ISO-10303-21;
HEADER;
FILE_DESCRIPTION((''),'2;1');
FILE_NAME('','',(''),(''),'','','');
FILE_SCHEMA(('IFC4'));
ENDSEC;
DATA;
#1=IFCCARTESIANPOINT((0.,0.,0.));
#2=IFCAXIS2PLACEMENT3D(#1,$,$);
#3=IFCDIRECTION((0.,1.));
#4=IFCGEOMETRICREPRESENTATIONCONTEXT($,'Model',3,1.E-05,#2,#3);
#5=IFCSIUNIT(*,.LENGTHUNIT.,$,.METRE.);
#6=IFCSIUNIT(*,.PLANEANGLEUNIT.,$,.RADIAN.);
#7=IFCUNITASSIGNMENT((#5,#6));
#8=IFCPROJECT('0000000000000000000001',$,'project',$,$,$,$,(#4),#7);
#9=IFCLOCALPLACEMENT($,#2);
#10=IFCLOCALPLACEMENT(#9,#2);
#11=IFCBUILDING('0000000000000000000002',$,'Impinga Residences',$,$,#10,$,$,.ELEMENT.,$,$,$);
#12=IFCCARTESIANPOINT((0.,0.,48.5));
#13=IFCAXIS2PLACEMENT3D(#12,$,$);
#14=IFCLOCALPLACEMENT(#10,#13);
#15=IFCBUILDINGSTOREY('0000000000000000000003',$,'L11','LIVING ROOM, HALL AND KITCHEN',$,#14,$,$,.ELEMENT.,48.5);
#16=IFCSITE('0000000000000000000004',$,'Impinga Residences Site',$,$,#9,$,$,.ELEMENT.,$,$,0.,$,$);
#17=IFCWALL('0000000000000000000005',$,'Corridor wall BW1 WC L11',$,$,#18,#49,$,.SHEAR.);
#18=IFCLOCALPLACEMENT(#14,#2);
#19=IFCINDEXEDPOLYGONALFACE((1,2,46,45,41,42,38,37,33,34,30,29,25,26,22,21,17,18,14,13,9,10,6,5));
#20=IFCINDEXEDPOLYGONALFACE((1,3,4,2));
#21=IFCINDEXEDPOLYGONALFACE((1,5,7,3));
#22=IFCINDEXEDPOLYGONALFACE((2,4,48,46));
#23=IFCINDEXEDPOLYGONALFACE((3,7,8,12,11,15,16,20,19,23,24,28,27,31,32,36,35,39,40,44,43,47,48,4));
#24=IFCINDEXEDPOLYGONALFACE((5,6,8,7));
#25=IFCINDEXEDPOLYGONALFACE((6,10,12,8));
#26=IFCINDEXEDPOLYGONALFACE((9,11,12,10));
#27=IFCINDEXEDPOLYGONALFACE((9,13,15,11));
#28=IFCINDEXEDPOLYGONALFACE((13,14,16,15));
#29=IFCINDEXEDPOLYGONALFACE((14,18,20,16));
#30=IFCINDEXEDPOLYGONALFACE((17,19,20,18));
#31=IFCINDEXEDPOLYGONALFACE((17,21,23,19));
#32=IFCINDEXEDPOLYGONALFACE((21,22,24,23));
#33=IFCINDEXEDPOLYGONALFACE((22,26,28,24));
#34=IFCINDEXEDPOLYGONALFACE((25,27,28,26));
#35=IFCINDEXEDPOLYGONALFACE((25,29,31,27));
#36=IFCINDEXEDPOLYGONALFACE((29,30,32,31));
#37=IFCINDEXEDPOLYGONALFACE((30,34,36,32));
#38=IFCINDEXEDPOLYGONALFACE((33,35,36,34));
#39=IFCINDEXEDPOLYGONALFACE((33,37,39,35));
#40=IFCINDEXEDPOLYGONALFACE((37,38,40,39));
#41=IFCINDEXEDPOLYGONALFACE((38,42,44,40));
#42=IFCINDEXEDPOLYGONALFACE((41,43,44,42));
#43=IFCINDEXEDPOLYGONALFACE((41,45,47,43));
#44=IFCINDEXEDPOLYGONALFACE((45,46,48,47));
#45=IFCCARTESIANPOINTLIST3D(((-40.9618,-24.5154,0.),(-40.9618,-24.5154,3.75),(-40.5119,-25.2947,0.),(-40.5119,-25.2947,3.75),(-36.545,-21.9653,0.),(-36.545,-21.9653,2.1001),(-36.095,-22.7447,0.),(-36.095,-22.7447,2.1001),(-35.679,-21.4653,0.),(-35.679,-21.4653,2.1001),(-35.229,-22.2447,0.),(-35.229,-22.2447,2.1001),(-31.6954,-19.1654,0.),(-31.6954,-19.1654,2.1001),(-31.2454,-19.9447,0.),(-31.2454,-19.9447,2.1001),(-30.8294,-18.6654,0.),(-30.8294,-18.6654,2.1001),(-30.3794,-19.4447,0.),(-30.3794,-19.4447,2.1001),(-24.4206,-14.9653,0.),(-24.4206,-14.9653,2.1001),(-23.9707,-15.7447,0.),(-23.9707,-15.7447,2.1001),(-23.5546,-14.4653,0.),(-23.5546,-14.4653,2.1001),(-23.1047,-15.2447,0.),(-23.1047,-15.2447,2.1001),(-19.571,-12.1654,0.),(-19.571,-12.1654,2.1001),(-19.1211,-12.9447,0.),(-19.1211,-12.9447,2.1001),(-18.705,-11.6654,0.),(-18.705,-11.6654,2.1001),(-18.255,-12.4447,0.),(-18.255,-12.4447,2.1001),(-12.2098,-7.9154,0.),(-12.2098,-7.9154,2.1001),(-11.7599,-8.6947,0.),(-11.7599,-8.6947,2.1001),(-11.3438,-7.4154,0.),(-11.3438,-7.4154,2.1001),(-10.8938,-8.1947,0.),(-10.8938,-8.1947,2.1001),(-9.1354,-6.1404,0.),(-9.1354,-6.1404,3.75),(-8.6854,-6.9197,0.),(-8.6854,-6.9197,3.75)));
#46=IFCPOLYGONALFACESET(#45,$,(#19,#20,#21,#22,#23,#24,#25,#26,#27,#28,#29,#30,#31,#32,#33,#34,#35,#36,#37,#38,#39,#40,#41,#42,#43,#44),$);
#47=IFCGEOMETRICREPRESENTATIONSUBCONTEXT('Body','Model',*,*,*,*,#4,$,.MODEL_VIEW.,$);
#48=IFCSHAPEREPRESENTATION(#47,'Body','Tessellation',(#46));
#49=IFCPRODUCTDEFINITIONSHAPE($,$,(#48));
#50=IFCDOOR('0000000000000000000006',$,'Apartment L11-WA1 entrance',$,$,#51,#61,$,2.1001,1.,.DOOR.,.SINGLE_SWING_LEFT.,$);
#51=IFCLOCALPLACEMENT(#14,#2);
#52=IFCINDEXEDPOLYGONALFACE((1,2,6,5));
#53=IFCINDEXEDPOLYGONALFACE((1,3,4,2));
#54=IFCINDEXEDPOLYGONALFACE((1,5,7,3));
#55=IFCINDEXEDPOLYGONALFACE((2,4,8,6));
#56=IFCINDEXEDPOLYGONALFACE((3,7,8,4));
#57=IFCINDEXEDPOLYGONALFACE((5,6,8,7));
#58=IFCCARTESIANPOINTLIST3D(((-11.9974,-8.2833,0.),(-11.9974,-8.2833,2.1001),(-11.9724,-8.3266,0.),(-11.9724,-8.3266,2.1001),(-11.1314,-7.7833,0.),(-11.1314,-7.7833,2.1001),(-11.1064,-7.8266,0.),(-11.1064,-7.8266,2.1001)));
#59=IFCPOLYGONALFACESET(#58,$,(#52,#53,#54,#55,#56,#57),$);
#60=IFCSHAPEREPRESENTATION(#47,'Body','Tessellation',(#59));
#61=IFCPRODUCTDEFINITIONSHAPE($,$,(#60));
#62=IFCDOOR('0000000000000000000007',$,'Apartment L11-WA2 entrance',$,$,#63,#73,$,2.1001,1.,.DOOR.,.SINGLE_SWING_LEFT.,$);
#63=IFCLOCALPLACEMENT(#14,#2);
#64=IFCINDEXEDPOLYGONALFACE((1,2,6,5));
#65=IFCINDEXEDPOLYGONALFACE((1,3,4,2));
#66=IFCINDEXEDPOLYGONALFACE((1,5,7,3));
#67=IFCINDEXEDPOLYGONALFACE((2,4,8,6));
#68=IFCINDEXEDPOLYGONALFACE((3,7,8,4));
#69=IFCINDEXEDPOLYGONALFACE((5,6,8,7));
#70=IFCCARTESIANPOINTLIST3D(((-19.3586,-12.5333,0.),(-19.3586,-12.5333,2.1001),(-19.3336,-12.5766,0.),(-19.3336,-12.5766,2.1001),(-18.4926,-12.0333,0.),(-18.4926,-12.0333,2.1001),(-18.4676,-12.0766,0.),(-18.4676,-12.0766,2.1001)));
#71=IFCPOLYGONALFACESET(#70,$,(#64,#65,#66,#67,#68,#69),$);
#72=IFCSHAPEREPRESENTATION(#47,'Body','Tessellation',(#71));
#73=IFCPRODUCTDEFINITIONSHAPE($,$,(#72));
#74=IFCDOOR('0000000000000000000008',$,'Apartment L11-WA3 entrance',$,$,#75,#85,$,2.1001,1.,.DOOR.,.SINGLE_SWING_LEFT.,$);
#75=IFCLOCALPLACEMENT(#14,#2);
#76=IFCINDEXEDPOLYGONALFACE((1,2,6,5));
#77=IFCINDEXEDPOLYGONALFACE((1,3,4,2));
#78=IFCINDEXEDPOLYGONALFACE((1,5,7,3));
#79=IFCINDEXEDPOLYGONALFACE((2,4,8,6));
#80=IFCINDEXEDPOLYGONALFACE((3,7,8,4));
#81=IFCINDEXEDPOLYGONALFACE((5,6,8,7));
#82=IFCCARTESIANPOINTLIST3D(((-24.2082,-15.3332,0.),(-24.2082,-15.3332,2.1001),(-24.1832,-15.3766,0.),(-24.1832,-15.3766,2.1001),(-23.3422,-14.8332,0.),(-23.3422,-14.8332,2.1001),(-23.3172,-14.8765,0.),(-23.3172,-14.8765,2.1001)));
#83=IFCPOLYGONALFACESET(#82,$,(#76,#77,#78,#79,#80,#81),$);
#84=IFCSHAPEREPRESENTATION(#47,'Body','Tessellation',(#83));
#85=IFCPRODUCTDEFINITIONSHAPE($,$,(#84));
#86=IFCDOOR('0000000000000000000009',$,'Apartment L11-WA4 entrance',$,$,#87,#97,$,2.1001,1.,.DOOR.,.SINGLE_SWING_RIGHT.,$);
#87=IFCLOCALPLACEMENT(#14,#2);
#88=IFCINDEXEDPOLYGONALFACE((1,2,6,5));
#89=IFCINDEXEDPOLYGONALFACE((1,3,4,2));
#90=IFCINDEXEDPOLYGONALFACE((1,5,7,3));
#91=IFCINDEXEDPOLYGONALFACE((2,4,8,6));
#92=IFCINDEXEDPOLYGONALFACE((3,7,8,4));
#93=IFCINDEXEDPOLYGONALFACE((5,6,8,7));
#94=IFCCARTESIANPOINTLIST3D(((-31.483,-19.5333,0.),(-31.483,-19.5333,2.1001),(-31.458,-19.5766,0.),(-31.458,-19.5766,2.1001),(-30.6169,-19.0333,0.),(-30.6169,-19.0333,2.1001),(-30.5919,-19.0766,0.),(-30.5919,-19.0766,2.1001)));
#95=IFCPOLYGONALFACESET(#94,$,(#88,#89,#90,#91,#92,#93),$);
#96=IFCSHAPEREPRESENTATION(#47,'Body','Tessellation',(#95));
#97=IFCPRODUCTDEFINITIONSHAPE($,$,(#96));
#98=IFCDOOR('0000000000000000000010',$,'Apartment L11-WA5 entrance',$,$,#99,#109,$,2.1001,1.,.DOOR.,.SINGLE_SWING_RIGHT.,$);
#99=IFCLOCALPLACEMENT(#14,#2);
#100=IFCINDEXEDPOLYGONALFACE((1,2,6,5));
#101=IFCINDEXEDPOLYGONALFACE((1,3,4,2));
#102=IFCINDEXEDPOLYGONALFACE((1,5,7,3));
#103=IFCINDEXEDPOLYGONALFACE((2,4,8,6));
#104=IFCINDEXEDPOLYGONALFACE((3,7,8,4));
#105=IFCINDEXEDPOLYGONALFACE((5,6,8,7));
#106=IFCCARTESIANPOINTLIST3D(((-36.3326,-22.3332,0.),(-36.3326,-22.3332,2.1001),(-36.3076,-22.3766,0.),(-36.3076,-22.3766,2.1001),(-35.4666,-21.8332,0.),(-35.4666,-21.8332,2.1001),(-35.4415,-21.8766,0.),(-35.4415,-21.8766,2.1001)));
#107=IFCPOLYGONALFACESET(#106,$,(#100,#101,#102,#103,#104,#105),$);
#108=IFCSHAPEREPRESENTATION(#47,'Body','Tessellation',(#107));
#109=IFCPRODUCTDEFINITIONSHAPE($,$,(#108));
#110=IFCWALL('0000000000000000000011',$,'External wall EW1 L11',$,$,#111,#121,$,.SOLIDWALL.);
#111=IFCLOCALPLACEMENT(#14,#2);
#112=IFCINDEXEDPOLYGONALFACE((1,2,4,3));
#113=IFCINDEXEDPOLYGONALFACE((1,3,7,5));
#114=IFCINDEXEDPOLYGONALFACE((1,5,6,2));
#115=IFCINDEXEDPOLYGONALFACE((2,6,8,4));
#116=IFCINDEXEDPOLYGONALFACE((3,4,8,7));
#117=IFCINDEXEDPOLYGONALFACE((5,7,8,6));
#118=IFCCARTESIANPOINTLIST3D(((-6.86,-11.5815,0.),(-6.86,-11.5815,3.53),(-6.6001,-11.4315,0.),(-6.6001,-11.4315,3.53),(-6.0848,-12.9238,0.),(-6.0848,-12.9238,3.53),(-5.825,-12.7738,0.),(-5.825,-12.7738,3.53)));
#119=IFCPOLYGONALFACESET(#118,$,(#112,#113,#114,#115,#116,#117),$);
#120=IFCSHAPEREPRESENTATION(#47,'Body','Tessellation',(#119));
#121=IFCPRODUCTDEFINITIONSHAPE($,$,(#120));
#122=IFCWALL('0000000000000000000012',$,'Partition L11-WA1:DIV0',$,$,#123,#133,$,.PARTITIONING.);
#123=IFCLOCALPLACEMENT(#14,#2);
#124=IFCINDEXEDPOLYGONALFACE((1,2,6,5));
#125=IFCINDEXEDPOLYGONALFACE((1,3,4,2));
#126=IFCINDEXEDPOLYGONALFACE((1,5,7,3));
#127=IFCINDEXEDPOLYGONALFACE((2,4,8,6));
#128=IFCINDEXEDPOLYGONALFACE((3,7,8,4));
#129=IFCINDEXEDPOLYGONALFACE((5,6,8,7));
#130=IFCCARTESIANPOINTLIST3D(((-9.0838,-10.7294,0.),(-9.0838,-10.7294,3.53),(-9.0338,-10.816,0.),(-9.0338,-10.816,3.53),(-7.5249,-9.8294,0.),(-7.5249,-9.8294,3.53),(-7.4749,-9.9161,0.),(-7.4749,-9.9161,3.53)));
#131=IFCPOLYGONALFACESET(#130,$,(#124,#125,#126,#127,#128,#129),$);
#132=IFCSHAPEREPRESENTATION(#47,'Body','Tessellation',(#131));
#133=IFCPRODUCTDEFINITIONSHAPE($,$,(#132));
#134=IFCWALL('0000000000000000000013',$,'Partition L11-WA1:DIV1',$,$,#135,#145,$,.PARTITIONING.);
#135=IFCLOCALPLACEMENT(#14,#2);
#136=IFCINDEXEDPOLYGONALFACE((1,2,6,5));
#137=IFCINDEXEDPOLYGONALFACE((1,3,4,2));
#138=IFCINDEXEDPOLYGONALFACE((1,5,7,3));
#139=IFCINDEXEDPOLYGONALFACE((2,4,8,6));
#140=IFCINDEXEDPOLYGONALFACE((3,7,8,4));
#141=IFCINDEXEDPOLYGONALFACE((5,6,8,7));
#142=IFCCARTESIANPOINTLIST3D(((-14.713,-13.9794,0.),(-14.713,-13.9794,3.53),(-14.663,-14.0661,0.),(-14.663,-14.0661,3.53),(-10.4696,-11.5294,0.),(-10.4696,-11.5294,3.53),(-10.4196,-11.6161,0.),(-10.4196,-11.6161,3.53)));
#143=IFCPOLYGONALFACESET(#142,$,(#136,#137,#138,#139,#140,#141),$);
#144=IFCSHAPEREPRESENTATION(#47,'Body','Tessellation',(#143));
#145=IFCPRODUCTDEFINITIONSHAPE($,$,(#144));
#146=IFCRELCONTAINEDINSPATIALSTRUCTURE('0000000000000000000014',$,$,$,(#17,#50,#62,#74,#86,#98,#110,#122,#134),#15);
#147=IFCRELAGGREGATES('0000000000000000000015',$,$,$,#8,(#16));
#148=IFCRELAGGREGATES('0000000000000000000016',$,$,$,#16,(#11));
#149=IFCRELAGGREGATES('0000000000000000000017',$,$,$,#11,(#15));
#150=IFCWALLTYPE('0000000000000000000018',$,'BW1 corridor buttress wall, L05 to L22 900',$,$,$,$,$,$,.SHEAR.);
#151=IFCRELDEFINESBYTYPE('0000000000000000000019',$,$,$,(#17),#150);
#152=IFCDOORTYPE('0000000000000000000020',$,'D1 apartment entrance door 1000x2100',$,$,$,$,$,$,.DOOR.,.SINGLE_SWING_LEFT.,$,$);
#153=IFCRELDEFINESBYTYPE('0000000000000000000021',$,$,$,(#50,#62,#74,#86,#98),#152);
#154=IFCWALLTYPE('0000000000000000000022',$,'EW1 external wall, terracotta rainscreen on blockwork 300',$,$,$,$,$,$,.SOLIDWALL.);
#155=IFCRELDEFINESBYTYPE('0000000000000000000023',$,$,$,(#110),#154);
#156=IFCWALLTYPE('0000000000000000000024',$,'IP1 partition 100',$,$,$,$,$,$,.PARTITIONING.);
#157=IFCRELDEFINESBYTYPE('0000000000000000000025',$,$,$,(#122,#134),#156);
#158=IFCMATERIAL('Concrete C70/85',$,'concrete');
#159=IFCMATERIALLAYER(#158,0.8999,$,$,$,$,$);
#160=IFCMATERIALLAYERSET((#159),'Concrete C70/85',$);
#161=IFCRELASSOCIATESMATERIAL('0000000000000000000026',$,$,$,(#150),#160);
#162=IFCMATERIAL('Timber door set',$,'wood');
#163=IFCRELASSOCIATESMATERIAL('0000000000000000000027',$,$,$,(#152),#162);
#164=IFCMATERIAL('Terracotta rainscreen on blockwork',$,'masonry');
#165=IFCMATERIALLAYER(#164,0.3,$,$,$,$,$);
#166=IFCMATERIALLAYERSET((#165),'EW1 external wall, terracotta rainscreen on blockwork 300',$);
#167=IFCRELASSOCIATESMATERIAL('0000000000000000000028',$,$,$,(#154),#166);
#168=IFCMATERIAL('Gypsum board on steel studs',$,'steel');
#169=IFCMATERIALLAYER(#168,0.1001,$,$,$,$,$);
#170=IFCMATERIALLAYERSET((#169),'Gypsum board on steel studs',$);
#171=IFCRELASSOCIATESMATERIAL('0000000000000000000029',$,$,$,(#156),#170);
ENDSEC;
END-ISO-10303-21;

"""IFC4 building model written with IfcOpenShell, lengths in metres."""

from ifc_helpers import new_model, si_unit, direction, frame, frame_2d, origin, place, context, subcontext, project, spatial, rectangle, extrude, material, layer, layer_set, type_object, element, fill, save


model = new_model("IFC4")

# Units and contexts
model_context = context("Model", 3, precision=1e-05, world=origin(), true_north=direction((0.0, 1.0)))
body_context = subcontext(model_context, "Body", "Model", "MODEL_VIEW")
ifc_project = project(units=[si_unit("LENGTHUNIT", "METRE"), si_unit("PLANEANGLEUNIT", "RADIAN")], contexts=[model_context])

# Site, building, storey
site_placement = place(None, origin())
site = spatial("IfcSite", under=ifc_project, at=site_placement, Name="Impinga Residences Site", CompositionType="ELEMENT", RefElevation=0.0)
building_placement = place(site_placement, origin())
building = spatial("IfcBuilding", under=site, at=building_placement, Name="Impinga Residences", CompositionType="ELEMENT")
storey_placement = place(building_placement, frame((0.0, 0.0, 48.5)))
storey = spatial("IfcBuildingStorey", under=building, at=storey_placement, Name="L11", Description="LIVING ROOM, HALL AND KITCHEN", CompositionType="ELEMENT", Elevation=48.5)

# Wall, openings, doors
ifc_material_1 = material(Name="Concrete C70/85", Category="concrete")
ifc_layer_1 = layer(ifc_material_1, 0.8999)
ifc_layer_set_1 = layer_set([ifc_layer_1], Name="Concrete C70/85")
wall_type_1 = type_object("IfcWallType", Name="BW1 corridor buttress wall, L05 to L22 900", PredefinedType="SHEAR", material=ifc_layer_set_1)
wall_1_placement = place(storey_placement, frame((-8.9104, -6.53, 0.0), z_axis=(0.0, 0.0, 1.0), x_axis=(-0.866025, -0.5, 0.0)))
wall_1 = element("IfcWall", 1, at=wall_1_placement, inside=storey, type_object=wall_type_1, Name="Corridor wall BW1 WC L11", PredefinedType="SHEAR", context=body_context, shape_type="SweptSolid", body=[
    extrude(rectangle(XDim=36.75, YDim=0.8999, at=frame_2d((18.375, 0.0))), origin(), (0.0, 0.0, 1.0), 3.75),
])
opening_1_placement = place(wall_1_placement, frame((2.55, 0.0, 0.0)))
opening_1 = element("IfcOpeningElement", 2, at=opening_1_placement, cuts=wall_1, PredefinedType="OPENING", context=body_context, shape_type="SweptSolid", body=[
    extrude(rectangle(XDim=1.0, YDim=2.1001, at=frame_2d((0.5, 1.05))), frame((0.0, 0.46, 0.0), z_axis=(0.0, -1.0, 0.0), x_axis=(1.0, 0.0, 0.0)), (0.0, 0.0, 1.0), 0.9199),
])
opening_2_placement = place(wall_1_placement, frame((11.05, 0.0, 0.0)))
opening_2 = element("IfcOpeningElement", 3, at=opening_2_placement, cuts=wall_1, PredefinedType="OPENING", context=body_context, shape_type="SweptSolid", body=[
    extrude(rectangle(XDim=1.0, YDim=2.1001, at=frame_2d((0.5, 1.05))), frame((0.0, 0.46, 0.0), z_axis=(0.0, -1.0, 0.0), x_axis=(1.0, 0.0, 0.0)), (0.0, 0.0, 1.0), 0.9199),
])
opening_3_placement = place(wall_1_placement, frame((16.6499, 0.0, 0.0)))
opening_3 = element("IfcOpeningElement", 4, at=opening_3_placement, cuts=wall_1, PredefinedType="OPENING", context=body_context, shape_type="SweptSolid", body=[
    extrude(rectangle(XDim=1.0, YDim=2.1001, at=frame_2d((0.5, 1.05))), frame((0.0, 0.46, 0.0), z_axis=(0.0, -1.0, 0.0), x_axis=(1.0, 0.0, 0.0)), (0.0, 0.0, 1.0), 0.9199),
])
opening_4_placement = place(wall_1_placement, frame((25.05, 0.0, 0.0)))
opening_4 = element("IfcOpeningElement", 5, at=opening_4_placement, cuts=wall_1, PredefinedType="OPENING", context=body_context, shape_type="SweptSolid", body=[
    extrude(rectangle(XDim=1.0, YDim=2.1001, at=frame_2d((0.5, 1.05))), frame((0.0, 0.46, 0.0), z_axis=(0.0, -1.0, 0.0), x_axis=(1.0, 0.0, 0.0)), (0.0, 0.0, 1.0), 0.9199),
])
opening_5_placement = place(wall_1_placement, frame((30.6499, 0.0, 0.0)))
opening_5 = element("IfcOpeningElement", 6, at=opening_5_placement, cuts=wall_1, PredefinedType="OPENING", context=body_context, shape_type="SweptSolid", body=[
    extrude(rectangle(XDim=1.0, YDim=2.1001, at=frame_2d((0.5, 1.05))), frame((0.0, 0.46, 0.0), z_axis=(0.0, -1.0, 0.0), x_axis=(1.0, 0.0, 0.0)), (0.0, 0.0, 1.0), 0.9199),
])
ifc_material_2 = material(Name="Timber door set", Category="wood")
door_type_1 = type_object("IfcDoorType", Name="D1 apartment entrance door 1000x2100", OperationType="SINGLE_SWING_LEFT", PredefinedType="DOOR", material=ifc_material_2)
door_1_placement = place(opening_1_placement, origin())
door_1 = element("IfcDoor", 7, at=door_1_placement, inside=storey, type_object=door_type_1, Name="Apartment L11-WA1 entrance", OperationType="SINGLE_SWING_LEFT", OverallHeight=2.1001, OverallWidth=1.0, PredefinedType="DOOR", context=body_context, shape_type="SweptSolid", body=[
    extrude(rectangle(XDim=1.0, YDim=2.1001, at=frame_2d((0.5, 1.05))), frame((0.0, 0.0249, 0.0), z_axis=(0.0, -1.0, 0.0), x_axis=(1.0, 0.0, 0.0)), (0.0, 0.0, 1.0), 0.05),
])
fill(opening_1, door_1)
door_2_placement = place(opening_2_placement, origin())
door_2 = element("IfcDoor", 8, at=door_2_placement, inside=storey, type_object=door_type_1, Name="Apartment L11-WA2 entrance", OperationType="SINGLE_SWING_LEFT", OverallHeight=2.1001, OverallWidth=1.0, PredefinedType="DOOR", context=body_context, shape_type="SweptSolid", body=[
    extrude(rectangle(XDim=1.0, YDim=2.1001, at=frame_2d((0.5, 1.05))), frame((0.0, 0.0249, 0.0), z_axis=(0.0, -1.0, 0.0), x_axis=(1.0, 0.0, 0.0)), (0.0, 0.0, 1.0), 0.05),
])
fill(opening_2, door_2)
door_3_placement = place(opening_3_placement, origin())
door_3 = element("IfcDoor", 9, at=door_3_placement, inside=storey, type_object=door_type_1, Name="Apartment L11-WA3 entrance", OperationType="SINGLE_SWING_LEFT", OverallHeight=2.1001, OverallWidth=1.0, PredefinedType="DOOR", context=body_context, shape_type="SweptSolid", body=[
    extrude(rectangle(XDim=1.0, YDim=2.1001, at=frame_2d((0.5, 1.05))), frame((0.0, 0.0249, 0.0), z_axis=(0.0, -1.0, 0.0), x_axis=(1.0, 0.0, 0.0)), (0.0, 0.0, 1.0), 0.05),
])
fill(opening_3, door_3)
door_4_placement = place(opening_4_placement, origin())
door_4 = element("IfcDoor", 10, at=door_4_placement, inside=storey, type_object=door_type_1, Name="Apartment L11-WA4 entrance", OperationType="SINGLE_SWING_RIGHT", OverallHeight=2.1001, OverallWidth=1.0, PredefinedType="DOOR", context=body_context, shape_type="SweptSolid", body=[
    extrude(rectangle(XDim=1.0, YDim=2.1001, at=frame_2d((0.5, 1.05))), frame((0.0, 0.0249, 0.0), z_axis=(0.0, -1.0, 0.0), x_axis=(1.0, 0.0, 0.0)), (0.0, 0.0, 1.0), 0.05),
])
fill(opening_4, door_4)
door_5_placement = place(opening_5_placement, origin())
door_5 = element("IfcDoor", 11, at=door_5_placement, inside=storey, type_object=door_type_1, Name="Apartment L11-WA5 entrance", OperationType="SINGLE_SWING_RIGHT", OverallHeight=2.1001, OverallWidth=1.0, PredefinedType="DOOR", context=body_context, shape_type="SweptSolid", body=[
    extrude(rectangle(XDim=1.0, YDim=2.1001, at=frame_2d((0.5, 1.05))), frame((0.0, 0.0249, 0.0), z_axis=(0.0, -1.0, 0.0), x_axis=(1.0, 0.0, 0.0)), (0.0, 0.0, 1.0), 0.05),
])
fill(opening_5, door_5)

# Walls
ifc_material_3 = material(Name="Terracotta rainscreen on blockwork", Category="masonry")
ifc_layer_2 = layer(ifc_material_3, 0.3)
ifc_layer_set_2 = layer_set([ifc_layer_2], Name="EW1 external wall, terracotta rainscreen on blockwork 300")
wall_type_2 = type_object("IfcWallType", Name="EW1 external wall, terracotta rainscreen on blockwork 300", PredefinedType="SOLIDWALL", material=ifc_layer_set_2)
wall_2_placement = place(storey_placement, frame((-6.73, -11.5066, 0.0), z_axis=(0.0, 0.0, 1.0), x_axis=(0.500086, -0.865976, 0.0)))
element("IfcWall", 12, at=wall_2_placement, inside=storey, type_object=wall_type_2, Name="External wall EW1 L11", PredefinedType="SOLIDWALL", context=body_context, shape_type="SweptSolid", body=[
    extrude(rectangle(XDim=1.55, YDim=0.3, at=frame_2d((0.7749, 0.0))), origin(), (0.0, 0.0, 1.0), 3.53),
])
ifc_material_4 = material(Name="Gypsum board on steel studs", Category="steel")
ifc_layer_3 = layer(ifc_material_4, 0.1001)
ifc_layer_set_3 = layer_set([ifc_layer_3], Name="Gypsum board on steel studs")
wall_type_3 = type_object("IfcWallType", Name="IP1 partition 100", PredefinedType="PARTITIONING", material=ifc_layer_set_3)
wall_3_placement = place(storey_placement, frame((-7.5, -9.8728, 0.0), z_axis=(0.0, 0.0, 1.0), x_axis=(-0.866048, -0.499961, 0.0)))
element("IfcWall", 13, at=wall_3_placement, inside=storey, type_object=wall_type_3, Name="Partition L11-WA1:DIV0", PredefinedType="PARTITIONING", context=body_context, shape_type="SweptSolid", body=[
    extrude(rectangle(XDim=1.8, YDim=0.1001, at=frame_2d((0.8999, 0.0))), origin(), (0.0, 0.0, 1.0), 3.53),
])
wall_4_placement = place(storey_placement, frame((-10.4446, -11.5728, 0.0), z_axis=(0.0, 0.0, 1.0), x_axis=(-0.866024, -0.500003, 0.0)))
element("IfcWall", 14, at=wall_4_placement, inside=storey, type_object=wall_type_3, Name="Partition L11-WA1:DIV1", PredefinedType="PARTITIONING", context=body_context, shape_type="SweptSolid", body=[
    extrude(rectangle(XDim=4.8999, YDim=0.1001, at=frame_2d((2.45, 0.0))), origin(), (0.0, 0.0, 1.0), 3.53),
])

save(model, "model.ifc")
